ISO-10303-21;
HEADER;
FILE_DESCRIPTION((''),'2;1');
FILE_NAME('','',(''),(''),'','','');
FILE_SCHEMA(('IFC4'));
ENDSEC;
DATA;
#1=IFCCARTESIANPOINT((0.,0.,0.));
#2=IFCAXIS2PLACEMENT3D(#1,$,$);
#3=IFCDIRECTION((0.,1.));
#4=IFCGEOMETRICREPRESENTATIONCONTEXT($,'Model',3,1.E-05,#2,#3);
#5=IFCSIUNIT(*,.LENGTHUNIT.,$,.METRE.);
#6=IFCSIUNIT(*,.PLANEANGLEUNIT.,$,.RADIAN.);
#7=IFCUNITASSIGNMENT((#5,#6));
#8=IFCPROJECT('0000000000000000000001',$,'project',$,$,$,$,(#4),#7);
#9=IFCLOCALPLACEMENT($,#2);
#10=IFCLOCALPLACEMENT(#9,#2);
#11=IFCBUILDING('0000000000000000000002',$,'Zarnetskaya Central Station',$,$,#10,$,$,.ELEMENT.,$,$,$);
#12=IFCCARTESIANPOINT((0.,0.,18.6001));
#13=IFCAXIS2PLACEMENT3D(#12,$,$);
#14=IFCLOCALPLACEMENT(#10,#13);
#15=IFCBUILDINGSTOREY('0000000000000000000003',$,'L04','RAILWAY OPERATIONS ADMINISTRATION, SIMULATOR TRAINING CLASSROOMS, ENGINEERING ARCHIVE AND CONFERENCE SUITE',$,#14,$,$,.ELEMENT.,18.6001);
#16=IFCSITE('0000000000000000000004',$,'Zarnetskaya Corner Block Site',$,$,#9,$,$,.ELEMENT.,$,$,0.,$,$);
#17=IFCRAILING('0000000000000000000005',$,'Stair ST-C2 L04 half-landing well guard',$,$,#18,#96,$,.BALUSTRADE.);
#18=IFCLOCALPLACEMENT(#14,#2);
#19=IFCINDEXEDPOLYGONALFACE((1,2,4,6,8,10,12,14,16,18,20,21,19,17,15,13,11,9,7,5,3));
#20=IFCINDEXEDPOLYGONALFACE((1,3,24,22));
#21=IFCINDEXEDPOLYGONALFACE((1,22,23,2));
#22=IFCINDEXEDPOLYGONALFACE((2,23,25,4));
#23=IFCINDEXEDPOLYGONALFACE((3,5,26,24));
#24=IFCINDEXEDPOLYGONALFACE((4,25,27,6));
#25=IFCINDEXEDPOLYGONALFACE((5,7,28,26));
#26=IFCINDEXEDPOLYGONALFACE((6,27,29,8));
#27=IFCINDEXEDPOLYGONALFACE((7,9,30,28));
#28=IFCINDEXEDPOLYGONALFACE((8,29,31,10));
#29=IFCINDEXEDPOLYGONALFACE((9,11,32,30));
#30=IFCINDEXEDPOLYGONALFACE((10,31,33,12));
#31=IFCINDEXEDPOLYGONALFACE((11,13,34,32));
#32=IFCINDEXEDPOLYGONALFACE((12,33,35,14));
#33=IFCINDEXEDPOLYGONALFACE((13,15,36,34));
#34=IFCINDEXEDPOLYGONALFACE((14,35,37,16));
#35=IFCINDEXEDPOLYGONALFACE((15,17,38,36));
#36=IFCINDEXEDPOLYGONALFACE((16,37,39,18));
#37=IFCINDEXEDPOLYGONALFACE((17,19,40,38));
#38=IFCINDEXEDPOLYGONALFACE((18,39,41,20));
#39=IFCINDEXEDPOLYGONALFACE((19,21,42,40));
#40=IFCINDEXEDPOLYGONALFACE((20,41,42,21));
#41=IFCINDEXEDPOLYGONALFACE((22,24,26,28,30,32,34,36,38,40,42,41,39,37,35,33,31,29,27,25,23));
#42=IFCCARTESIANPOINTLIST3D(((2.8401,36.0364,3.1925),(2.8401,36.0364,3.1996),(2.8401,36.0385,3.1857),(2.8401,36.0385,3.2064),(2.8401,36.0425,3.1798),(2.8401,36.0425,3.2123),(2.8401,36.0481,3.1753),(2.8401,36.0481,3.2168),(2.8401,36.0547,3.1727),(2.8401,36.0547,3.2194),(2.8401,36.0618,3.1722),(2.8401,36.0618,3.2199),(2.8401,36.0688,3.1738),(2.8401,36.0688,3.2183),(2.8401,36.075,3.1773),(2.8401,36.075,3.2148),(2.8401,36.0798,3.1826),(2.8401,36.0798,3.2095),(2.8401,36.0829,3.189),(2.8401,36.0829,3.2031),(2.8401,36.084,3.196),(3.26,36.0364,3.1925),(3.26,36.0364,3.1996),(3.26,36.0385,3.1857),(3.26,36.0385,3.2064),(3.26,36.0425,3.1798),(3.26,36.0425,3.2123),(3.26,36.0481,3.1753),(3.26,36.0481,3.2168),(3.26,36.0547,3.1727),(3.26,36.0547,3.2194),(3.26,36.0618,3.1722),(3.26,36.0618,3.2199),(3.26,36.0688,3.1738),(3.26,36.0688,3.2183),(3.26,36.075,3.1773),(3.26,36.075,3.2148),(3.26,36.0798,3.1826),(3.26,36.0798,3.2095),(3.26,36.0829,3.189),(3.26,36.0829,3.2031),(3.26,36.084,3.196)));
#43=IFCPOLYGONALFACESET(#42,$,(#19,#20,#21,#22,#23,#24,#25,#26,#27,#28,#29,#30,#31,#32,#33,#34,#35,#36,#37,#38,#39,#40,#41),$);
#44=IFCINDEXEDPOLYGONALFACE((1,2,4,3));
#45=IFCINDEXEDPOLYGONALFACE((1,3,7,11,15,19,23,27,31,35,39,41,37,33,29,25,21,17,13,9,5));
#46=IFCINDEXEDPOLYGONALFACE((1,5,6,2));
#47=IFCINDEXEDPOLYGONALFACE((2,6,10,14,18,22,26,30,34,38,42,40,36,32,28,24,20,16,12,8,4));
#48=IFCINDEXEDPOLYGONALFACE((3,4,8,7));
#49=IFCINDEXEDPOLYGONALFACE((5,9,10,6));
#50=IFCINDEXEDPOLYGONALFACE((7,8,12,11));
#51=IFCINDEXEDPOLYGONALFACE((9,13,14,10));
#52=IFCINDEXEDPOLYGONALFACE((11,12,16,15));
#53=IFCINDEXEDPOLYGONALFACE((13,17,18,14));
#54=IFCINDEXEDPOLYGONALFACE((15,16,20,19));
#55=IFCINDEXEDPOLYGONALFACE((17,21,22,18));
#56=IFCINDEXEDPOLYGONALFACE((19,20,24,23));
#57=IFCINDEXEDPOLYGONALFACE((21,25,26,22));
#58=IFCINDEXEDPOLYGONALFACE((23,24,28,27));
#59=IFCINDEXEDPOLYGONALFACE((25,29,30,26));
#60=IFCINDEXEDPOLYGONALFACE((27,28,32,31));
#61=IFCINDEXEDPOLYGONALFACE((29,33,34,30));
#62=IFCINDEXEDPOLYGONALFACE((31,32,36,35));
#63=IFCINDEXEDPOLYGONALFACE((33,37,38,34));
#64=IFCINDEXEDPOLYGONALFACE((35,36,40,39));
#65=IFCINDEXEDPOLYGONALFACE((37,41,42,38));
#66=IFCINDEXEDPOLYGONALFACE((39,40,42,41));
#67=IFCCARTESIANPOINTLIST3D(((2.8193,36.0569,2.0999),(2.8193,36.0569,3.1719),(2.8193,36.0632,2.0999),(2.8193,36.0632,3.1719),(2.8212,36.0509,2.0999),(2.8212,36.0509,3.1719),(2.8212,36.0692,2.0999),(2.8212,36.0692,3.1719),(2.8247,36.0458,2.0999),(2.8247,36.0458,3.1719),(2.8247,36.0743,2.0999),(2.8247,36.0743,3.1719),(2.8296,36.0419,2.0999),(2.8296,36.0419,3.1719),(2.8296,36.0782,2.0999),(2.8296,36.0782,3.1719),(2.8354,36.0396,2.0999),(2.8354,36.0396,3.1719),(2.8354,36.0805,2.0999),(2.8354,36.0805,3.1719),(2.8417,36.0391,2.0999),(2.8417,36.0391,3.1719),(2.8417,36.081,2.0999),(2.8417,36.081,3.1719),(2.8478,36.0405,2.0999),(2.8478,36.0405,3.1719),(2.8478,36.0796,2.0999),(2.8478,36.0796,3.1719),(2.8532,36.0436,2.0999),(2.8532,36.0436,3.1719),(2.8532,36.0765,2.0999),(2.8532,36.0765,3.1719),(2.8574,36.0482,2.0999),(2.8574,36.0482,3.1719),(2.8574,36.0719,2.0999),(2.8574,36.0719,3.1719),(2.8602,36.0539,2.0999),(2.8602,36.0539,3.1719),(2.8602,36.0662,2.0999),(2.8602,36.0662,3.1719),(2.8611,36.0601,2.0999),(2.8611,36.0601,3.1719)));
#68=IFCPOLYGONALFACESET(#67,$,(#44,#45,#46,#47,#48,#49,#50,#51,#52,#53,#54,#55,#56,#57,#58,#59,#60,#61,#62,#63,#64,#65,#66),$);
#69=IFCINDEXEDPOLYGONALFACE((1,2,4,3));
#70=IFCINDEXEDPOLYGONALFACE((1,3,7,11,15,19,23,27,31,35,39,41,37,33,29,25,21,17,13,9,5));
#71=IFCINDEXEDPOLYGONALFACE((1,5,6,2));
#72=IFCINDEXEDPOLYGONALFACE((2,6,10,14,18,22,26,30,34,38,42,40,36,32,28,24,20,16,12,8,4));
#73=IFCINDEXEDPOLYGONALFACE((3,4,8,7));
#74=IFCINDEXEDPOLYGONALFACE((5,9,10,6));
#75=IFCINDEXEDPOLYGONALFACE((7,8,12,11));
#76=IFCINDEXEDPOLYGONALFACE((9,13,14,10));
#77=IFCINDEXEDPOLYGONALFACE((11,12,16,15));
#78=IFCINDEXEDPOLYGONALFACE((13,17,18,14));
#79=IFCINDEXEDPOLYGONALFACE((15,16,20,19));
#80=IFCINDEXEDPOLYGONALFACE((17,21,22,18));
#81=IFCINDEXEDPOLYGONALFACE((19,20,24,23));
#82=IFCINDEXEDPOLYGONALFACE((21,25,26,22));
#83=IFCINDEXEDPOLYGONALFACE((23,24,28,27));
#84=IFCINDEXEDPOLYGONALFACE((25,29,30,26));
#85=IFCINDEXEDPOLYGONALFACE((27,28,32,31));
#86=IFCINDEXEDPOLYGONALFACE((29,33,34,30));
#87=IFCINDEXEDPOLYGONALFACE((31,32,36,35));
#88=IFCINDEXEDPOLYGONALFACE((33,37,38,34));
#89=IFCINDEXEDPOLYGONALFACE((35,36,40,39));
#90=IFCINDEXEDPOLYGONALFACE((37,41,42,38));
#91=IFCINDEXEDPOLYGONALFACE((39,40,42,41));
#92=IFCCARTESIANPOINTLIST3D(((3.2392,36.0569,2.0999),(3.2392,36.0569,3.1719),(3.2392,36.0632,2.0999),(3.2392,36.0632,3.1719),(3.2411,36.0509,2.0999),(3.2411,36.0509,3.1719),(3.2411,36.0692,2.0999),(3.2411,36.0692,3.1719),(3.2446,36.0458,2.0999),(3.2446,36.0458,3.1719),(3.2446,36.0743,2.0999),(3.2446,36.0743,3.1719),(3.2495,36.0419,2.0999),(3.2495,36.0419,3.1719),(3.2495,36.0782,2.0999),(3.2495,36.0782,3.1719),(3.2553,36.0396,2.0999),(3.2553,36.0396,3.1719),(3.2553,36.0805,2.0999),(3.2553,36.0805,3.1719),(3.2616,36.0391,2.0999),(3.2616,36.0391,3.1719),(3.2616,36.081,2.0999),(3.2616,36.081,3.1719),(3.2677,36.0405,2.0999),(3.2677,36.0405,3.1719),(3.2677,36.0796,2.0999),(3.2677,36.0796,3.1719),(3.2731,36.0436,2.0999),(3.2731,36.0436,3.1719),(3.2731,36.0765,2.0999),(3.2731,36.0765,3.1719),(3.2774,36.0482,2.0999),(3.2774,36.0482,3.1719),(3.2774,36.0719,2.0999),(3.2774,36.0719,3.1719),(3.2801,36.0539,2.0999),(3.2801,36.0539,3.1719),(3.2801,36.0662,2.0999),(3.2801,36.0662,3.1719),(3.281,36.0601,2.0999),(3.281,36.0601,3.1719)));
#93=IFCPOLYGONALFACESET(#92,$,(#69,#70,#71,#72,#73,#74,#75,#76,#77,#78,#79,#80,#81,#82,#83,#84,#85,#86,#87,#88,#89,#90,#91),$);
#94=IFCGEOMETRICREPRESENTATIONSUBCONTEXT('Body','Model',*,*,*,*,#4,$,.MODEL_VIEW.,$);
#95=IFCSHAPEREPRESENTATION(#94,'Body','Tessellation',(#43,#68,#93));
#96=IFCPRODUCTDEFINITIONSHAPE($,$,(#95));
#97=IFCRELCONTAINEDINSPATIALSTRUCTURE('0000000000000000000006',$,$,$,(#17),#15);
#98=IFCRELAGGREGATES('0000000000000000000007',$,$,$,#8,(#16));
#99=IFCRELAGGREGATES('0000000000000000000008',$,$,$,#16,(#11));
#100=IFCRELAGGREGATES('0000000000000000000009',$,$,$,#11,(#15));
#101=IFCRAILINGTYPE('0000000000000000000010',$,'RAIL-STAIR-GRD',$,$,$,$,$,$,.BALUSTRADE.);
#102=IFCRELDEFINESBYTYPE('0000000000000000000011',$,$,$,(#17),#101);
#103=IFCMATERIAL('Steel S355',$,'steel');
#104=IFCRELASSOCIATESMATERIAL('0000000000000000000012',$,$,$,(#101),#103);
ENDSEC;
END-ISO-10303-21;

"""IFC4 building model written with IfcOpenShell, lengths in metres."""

from ifc_helpers import new_model, si_unit, direction, frame, origin, origin_2d, place, context, subcontext, project, spatial, circle, extrude, material, type_object, element, save


model = new_model("IFC4")

# Units and contexts
model_context = context("Model", 3, precision=1e-05, world=origin(), true_north=direction((0.0, 1.0)))
body_context = subcontext(model_context, "Body", "Model", "MODEL_VIEW")
ifc_project = project(units=[si_unit("LENGTHUNIT", "METRE"), si_unit("PLANEANGLEUNIT", "RADIAN")], contexts=[model_context])

# Site, building, storey
site_placement = place(None, origin())
site = spatial("IfcSite", under=ifc_project, at=site_placement, Name="Zarnetskaya Corner Block Site", CompositionType="ELEMENT", RefElevation=0.0)
building_placement = place(site_placement, origin())
building = spatial("IfcBuilding", under=site, at=building_placement, Name="Zarnetskaya Central Station", CompositionType="ELEMENT")
storey_placement = place(building_placement, frame((0.0, 0.0, 18.6001)))
storey = spatial("IfcBuildingStorey", under=building, at=storey_placement, Name="L04", Description="RAILWAY OPERATIONS ADMINISTRATION, SIMULATOR TRAINING CLASSROOMS, ENGINEERING ARCHIVE AND CONFERENCE SUITE", CompositionType="ELEMENT", Elevation=18.6001)

# Railing
ifc_material_1 = material(Name="Steel S355", Category="steel")
railing_type_1 = type_object("IfcRailingType", Name="RAIL-STAIR-GRD", PredefinedType="BALUSTRADE", material=ifc_material_1)
railing_1_placement = place(storey_placement, frame((2.8401, 36.0601, 2.0999)))
element("IfcRailing", 1, at=railing_1_placement, inside=storey, type_object=railing_type_1, Name="Stair ST-C2 L04 half-landing well guard", PredefinedType="BALUSTRADE", context=body_context, shape_type="SweptSolid", body=[
    extrude(circle(Radius=0.0239, at=origin_2d()), frame((0.0, 0.0, 1.0962), z_axis=(1.0, 0.0, 0.0), x_axis=(0.0, 1.0, 0.0)), (0.0, 0.0, 1.0), 0.4199),
    extrude(circle(Radius=0.021, at=origin_2d()), origin(), (0.0, 0.0, 1.0), 1.072),
    extrude(circle(Radius=0.021, at=origin_2d()), frame((0.4199, 0.0, 0.0)), (0.0, 0.0, 1.0), 1.072),
])

save(model, "model.ifc")
